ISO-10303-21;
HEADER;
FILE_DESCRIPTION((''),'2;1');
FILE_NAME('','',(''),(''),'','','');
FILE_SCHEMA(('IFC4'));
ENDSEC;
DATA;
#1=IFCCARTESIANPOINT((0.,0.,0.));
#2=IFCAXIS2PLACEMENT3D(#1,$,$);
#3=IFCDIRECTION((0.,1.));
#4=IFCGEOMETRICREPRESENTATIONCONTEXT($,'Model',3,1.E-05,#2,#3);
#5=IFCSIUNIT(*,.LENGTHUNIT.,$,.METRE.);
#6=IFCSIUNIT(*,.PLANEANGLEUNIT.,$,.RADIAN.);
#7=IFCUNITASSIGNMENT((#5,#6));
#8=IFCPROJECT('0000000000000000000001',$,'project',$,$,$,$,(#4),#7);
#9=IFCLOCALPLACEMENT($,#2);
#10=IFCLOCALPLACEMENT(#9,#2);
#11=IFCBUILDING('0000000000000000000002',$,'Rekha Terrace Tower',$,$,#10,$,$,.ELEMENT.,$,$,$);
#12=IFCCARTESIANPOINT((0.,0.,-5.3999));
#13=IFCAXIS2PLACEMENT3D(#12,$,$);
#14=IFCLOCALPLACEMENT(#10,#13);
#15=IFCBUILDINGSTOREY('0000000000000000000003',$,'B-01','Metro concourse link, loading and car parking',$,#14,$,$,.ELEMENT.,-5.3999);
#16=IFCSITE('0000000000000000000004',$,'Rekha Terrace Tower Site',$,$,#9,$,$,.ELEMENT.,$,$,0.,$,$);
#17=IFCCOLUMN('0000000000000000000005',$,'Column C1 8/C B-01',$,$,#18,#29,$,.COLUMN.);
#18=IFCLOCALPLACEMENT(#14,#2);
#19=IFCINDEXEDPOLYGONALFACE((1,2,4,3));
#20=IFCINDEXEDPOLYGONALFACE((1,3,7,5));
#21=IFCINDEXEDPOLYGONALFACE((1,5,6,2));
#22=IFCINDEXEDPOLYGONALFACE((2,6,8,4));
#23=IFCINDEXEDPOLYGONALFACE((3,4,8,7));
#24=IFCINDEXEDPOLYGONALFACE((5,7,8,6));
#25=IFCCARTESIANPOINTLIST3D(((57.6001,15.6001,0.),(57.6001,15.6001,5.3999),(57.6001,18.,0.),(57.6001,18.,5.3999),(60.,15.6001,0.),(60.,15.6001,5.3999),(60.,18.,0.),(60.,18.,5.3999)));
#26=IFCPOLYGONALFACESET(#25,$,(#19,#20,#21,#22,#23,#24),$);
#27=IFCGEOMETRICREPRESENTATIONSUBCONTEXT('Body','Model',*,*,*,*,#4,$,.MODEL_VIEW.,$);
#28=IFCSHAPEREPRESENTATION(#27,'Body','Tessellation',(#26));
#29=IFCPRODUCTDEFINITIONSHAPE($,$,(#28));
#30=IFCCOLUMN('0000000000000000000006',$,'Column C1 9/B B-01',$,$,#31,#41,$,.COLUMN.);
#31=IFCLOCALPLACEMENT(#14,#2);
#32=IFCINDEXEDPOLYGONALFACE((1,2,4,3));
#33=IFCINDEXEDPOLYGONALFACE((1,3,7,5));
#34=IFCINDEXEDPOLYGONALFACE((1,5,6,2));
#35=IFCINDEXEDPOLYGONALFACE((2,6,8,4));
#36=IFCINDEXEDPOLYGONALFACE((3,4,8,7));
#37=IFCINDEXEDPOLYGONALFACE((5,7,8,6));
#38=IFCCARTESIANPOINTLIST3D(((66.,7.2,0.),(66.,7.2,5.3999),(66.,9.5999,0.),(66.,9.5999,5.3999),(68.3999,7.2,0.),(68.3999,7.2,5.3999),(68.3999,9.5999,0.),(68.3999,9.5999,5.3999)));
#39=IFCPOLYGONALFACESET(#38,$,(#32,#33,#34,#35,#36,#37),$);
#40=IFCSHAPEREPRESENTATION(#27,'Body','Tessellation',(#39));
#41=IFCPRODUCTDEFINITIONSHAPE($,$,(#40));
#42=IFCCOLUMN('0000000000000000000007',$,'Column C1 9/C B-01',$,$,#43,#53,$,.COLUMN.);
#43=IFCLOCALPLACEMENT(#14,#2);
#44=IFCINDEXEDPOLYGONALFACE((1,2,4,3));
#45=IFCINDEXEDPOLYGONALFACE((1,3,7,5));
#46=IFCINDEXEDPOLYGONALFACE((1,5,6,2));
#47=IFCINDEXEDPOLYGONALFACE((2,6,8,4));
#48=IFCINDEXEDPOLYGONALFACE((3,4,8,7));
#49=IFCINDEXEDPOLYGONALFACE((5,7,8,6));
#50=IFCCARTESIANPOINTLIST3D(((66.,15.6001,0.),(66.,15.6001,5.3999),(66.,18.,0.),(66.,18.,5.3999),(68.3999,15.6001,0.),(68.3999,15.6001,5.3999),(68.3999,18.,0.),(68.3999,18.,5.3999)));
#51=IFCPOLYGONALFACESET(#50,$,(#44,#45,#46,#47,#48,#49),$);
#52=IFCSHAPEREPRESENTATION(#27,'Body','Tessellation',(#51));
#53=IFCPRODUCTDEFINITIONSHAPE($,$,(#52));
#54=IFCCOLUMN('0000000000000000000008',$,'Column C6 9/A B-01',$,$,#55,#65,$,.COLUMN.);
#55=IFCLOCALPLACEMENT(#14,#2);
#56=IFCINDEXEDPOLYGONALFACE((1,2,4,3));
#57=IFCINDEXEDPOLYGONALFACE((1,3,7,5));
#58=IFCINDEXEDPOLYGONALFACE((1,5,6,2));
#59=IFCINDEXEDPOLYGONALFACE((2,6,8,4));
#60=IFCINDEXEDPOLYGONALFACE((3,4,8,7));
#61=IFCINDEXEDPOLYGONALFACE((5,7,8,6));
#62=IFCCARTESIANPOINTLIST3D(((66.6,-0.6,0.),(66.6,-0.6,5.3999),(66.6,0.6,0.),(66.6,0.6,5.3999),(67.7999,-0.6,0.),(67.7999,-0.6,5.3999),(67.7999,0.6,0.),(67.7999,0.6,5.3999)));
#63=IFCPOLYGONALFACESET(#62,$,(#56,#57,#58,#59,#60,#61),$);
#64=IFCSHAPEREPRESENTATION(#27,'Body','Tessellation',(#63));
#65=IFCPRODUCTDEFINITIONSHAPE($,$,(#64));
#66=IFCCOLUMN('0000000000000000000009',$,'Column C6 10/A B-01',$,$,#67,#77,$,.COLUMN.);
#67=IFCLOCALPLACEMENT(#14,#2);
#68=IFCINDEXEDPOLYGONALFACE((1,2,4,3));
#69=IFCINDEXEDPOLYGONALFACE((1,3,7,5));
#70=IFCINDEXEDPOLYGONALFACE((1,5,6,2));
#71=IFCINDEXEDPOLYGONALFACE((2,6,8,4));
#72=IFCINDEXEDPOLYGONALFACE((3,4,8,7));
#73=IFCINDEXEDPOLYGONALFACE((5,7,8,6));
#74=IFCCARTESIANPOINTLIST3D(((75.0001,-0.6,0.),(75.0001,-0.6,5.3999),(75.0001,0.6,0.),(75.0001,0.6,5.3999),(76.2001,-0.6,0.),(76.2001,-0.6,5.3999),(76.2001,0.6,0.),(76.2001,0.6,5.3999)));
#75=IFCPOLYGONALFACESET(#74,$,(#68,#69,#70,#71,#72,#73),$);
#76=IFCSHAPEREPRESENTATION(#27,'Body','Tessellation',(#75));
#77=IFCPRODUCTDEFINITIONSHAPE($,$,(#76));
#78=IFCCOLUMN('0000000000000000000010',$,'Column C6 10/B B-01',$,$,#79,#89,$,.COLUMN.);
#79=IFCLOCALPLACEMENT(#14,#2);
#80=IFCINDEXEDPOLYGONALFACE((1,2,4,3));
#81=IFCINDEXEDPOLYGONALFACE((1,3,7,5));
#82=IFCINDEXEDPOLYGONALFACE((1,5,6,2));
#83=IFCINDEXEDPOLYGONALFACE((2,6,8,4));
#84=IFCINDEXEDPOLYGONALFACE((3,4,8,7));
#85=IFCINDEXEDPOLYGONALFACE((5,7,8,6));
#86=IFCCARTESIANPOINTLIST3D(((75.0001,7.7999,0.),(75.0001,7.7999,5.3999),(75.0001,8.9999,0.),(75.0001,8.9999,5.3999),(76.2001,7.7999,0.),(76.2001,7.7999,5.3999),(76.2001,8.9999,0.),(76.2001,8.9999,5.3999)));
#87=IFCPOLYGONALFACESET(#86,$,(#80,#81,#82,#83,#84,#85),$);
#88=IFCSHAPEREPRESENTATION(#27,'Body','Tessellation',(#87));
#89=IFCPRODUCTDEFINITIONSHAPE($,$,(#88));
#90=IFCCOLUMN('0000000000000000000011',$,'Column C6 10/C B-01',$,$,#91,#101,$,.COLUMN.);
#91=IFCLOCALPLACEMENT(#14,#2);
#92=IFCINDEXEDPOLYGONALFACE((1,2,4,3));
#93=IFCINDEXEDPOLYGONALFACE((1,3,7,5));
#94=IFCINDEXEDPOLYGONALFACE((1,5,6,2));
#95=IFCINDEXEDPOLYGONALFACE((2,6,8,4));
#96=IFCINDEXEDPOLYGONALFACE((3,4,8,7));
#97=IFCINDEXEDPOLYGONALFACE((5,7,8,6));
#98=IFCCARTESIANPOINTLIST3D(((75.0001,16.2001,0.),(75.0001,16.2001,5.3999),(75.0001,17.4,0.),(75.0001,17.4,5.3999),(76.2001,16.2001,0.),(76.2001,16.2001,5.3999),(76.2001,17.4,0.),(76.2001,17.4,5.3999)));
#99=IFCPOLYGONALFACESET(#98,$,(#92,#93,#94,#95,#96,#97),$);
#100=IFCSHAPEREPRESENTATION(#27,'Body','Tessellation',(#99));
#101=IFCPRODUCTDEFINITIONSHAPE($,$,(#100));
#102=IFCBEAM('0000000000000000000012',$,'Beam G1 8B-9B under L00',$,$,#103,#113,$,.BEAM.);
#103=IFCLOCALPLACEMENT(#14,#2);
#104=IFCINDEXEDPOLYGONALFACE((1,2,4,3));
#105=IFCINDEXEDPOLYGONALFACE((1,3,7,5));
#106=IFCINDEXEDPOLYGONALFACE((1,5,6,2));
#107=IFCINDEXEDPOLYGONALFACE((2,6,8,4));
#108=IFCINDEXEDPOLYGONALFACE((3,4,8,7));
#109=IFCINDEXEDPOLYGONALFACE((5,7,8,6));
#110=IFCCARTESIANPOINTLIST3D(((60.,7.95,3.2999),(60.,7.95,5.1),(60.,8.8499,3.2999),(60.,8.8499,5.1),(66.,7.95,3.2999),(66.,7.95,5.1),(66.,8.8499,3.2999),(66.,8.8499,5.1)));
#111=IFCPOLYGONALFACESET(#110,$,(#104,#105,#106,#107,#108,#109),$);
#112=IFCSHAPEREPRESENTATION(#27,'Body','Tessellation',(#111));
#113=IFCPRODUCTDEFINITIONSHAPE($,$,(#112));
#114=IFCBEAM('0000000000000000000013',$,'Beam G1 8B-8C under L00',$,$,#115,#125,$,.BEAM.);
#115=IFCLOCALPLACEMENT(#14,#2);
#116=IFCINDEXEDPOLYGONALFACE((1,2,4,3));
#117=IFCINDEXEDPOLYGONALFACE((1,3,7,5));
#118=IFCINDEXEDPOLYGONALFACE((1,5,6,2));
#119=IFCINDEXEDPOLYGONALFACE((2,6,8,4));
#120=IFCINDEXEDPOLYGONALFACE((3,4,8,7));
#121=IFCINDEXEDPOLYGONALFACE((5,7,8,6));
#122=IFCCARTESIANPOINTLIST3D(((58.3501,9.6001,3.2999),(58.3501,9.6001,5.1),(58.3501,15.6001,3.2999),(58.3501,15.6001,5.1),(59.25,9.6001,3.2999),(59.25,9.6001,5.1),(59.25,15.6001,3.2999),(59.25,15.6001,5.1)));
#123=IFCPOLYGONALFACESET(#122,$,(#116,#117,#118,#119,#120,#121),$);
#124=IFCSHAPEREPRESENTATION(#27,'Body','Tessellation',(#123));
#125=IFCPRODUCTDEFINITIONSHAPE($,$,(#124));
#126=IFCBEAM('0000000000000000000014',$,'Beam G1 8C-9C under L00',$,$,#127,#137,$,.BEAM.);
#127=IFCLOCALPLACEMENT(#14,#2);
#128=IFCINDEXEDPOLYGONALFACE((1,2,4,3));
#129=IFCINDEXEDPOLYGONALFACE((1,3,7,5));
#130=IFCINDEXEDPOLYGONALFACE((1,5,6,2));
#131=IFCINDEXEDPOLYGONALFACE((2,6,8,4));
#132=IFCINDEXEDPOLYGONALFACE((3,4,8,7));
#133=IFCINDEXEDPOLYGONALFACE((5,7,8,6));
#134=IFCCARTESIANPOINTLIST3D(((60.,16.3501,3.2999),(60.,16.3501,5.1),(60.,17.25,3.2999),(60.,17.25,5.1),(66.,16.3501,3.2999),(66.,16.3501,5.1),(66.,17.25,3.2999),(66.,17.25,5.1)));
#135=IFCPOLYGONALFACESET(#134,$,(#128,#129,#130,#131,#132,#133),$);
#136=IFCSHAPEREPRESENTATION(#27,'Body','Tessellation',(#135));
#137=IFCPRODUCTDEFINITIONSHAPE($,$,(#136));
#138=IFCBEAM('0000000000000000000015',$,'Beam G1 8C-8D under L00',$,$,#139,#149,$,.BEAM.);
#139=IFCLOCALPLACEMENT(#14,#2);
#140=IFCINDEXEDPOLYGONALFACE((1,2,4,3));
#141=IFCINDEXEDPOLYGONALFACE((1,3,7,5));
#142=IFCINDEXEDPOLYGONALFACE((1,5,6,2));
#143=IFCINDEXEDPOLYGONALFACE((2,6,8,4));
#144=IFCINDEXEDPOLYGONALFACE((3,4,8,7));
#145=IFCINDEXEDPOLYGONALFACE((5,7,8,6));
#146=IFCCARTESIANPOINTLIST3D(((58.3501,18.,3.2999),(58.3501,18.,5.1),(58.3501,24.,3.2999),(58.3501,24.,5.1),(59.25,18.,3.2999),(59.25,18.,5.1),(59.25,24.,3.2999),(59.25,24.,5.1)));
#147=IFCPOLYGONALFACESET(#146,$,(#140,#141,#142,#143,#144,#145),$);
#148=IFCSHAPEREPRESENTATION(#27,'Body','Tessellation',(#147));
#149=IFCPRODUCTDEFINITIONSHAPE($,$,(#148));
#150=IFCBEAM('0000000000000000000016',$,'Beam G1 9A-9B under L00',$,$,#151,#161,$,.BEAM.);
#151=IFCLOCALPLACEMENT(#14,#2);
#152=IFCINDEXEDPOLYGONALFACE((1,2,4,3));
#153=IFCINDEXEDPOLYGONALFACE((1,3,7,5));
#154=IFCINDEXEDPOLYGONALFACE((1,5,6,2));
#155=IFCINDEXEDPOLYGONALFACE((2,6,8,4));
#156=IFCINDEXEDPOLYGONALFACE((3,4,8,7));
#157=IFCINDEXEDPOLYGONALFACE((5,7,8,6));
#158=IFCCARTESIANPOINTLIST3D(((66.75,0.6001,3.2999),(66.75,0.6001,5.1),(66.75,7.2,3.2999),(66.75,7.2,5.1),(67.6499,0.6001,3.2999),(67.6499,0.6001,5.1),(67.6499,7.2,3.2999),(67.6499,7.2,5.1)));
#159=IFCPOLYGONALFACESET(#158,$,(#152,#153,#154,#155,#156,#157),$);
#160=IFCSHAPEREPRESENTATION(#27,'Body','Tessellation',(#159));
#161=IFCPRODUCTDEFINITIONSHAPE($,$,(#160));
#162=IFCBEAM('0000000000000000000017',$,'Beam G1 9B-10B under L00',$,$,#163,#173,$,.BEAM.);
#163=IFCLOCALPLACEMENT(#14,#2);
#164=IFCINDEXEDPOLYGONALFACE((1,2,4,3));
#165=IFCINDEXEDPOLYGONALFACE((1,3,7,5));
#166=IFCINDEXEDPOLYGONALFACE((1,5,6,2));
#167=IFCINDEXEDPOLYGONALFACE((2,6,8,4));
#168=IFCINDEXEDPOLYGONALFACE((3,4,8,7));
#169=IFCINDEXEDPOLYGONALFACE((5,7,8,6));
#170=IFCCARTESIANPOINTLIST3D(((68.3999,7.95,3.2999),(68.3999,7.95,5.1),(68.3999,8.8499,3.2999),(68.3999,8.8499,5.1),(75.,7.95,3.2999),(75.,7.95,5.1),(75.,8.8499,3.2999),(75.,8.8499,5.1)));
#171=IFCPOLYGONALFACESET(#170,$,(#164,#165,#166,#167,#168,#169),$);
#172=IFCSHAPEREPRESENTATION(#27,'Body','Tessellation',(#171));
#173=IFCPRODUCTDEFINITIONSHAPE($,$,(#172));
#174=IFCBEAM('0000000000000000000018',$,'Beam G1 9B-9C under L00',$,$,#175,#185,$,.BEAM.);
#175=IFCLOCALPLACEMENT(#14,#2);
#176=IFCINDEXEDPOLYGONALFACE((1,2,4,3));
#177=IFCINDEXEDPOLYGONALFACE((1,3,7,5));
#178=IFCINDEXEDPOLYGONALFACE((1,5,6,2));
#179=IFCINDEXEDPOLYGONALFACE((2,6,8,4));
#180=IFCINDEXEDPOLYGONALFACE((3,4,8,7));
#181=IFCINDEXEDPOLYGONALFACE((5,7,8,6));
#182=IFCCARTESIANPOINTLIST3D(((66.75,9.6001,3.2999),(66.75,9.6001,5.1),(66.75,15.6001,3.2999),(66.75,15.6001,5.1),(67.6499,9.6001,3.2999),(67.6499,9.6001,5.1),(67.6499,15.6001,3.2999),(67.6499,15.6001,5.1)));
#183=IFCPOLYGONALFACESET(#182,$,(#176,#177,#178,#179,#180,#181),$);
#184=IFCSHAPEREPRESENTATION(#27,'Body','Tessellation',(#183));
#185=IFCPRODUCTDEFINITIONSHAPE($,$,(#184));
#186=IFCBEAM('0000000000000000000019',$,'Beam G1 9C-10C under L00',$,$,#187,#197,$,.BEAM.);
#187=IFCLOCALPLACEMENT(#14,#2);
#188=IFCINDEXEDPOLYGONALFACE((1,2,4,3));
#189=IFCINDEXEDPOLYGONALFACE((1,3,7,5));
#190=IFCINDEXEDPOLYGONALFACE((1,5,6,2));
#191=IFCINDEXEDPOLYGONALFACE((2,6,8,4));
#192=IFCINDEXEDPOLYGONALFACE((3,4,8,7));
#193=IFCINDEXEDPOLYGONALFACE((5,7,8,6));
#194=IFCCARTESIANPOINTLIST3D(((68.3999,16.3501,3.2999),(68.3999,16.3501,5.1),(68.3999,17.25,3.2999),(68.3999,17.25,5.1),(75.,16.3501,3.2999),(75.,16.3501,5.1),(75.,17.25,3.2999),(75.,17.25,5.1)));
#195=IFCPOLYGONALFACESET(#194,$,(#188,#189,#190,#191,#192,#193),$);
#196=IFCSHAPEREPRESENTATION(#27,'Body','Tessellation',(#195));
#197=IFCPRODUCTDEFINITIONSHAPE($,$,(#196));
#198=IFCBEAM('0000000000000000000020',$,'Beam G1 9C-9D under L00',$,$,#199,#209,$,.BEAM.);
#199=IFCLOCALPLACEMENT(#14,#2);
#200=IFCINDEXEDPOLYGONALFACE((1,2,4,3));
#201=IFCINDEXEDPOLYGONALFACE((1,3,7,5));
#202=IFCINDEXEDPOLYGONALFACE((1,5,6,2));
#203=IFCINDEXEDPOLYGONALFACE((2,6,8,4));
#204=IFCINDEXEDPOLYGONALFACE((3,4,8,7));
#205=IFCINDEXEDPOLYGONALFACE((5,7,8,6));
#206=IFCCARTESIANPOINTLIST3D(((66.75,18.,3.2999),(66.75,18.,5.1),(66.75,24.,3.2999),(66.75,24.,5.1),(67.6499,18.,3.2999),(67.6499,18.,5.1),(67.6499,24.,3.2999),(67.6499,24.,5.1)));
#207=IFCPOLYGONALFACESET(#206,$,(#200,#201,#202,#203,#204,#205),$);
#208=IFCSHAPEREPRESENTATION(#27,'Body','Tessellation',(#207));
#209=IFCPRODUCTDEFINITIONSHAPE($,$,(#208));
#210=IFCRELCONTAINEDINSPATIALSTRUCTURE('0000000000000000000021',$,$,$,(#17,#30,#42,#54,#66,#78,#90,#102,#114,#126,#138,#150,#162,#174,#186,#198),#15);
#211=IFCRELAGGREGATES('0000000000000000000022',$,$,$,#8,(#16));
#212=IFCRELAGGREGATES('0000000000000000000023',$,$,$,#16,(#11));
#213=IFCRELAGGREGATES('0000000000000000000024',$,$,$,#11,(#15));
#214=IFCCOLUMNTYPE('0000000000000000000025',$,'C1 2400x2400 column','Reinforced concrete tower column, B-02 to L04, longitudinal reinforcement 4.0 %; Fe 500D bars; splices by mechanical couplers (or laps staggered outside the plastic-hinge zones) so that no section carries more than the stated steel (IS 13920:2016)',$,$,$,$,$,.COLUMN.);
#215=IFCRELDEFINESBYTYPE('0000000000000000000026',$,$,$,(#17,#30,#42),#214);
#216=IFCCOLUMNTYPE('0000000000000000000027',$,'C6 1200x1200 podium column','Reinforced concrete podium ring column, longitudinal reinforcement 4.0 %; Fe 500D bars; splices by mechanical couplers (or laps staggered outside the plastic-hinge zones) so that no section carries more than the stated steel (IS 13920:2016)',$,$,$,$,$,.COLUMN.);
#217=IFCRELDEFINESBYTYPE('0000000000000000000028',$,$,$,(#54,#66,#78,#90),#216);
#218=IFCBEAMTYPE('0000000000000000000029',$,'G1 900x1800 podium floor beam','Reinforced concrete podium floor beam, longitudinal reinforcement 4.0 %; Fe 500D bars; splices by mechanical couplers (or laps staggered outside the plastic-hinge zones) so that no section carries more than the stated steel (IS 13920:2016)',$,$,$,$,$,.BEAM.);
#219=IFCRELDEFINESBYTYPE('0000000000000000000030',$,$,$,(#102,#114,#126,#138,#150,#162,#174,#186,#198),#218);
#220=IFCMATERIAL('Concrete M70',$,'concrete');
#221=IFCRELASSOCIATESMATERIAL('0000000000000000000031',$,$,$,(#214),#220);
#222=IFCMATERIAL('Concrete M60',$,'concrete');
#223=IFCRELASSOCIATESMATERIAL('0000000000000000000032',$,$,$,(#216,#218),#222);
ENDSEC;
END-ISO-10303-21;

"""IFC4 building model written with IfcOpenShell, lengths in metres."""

from ifc_helpers import new_model, si_unit, direction, frame, origin, origin_2d, place, context, subcontext, project, spatial, rectangle, extrude, material, material_profile, profile_set, type_object, element, save


model = new_model("IFC4")

# Units and contexts
model_context = context("Model", 3, precision=1e-05, world=origin(), true_north=direction((0.0, 1.0)))
body_context = subcontext(model_context, "Body", "Model", "MODEL_VIEW")
ifc_project = project(units=[si_unit("LENGTHUNIT", "METRE"), si_unit("PLANEANGLEUNIT", "RADIAN")], contexts=[model_context])

# Site, building, storey
site_placement = place(None, origin())
site = spatial("IfcSite", under=ifc_project, at=site_placement, Name="Rekha Terrace Tower Site", CompositionType="ELEMENT", RefElevation=0.0)
building_placement = place(site_placement, origin())
building = spatial("IfcBuilding", under=site, at=building_placement, Name="Rekha Terrace Tower", CompositionType="ELEMENT")
storey_placement = place(building_placement, frame((0.0, 0.0, -5.3999)))
storey = spatial("IfcBuildingStorey", under=building, at=storey_placement, Name="B-01", Description="Metro concourse link, loading and car parking", CompositionType="ELEMENT", Elevation=-5.3999)

# Columns
ifc_material_1 = material(Name="Concrete M70", Category="concrete")
ifc_material_profile_1 = material_profile(ifc_material_1, rectangle(XDim=2.3999, YDim=2.3999, at=origin_2d()), Name="RC 2400x2400")
ifc_profile_set_1 = profile_set([ifc_material_profile_1], Name="Concrete M70")
column_type_1 = type_object("IfcColumnType", Name="C1 2400x2400 column", Description="Reinforced concrete tower column, B-02 to L04, longitudinal reinforcement 4.0 %; Fe 500D bars; splices by mechanical couplers (or laps staggered outside the plastic-hinge zones) so that no section carries more than the stated steel (IS 13920:2016)", PredefinedType="COLUMN", material=ifc_profile_set_1)
for number, where, z_axis, x_axis, name in (
    (1, (58.8, 16.8, 0.0), (0.0, 0.0, 1.0), (1.0, 0.0, 0.0), "Column C1 8/C B-01"),
    (2, (67.2, 8.3999, 0.0), (0.0, 0.0, 1.0), (1.0, 0.0, 0.0), "Column C1 9/B B-01"),
    (3, (67.2, 16.8, 0.0), (0.0, 0.0, 1.0), (1.0, 0.0, 0.0), "Column C1 9/C B-01"),
):
    element("IfcColumn", number, at=place(storey_placement, frame(where, z_axis=z_axis, x_axis=x_axis)), inside=storey, type_object=column_type_1, Name=name, PredefinedType="COLUMN", context=body_context, shape_type="SweptSolid", body=[
        extrude(rectangle(XDim=2.3999, YDim=2.3999, at=origin_2d()), origin(), (0.0, 0.0, 1.0), 5.3999),
    ])
ifc_material_2 = material(Name="Concrete M60", Category="concrete")
ifc_material_profile_2 = material_profile(ifc_material_2, rectangle(XDim=1.2, YDim=1.2, at=origin_2d()), Name="RC 1200x1200")
ifc_profile_set_2 = profile_set([ifc_material_profile_2], Name="Concrete M60")
column_type_2 = type_object("IfcColumnType", Name="C6 1200x1200 podium column", Description="Reinforced concrete podium ring column, longitudinal reinforcement 4.0 %; Fe 500D bars; splices by mechanical couplers (or laps staggered outside the plastic-hinge zones) so that no section carries more than the stated steel (IS 13920:2016)", PredefinedType="COLUMN", material=ifc_profile_set_2)
for number, where, z_axis, x_axis, name in (
    (4, (67.2, 0.0, 0.0), (0.0, 0.0, 1.0), (1.0, 0.0, 0.0), "Column C6 9/A B-01"),
    (5, (75.6001, 0.0, 0.0), (0.0, 0.0, 1.0), (1.0, 0.0, 0.0), "Column C6 10/A B-01"),
    (6, (75.6001, 8.3999, 0.0), (0.0, 0.0, 1.0), (1.0, 0.0, 0.0), "Column C6 10/B B-01"),
    (7, (75.6001, 16.8, 0.0), (0.0, 0.0, 1.0), (1.0, 0.0, 0.0), "Column C6 10/C B-01"),
):
    element("IfcColumn", number, at=place(storey_placement, frame(where, z_axis=z_axis, x_axis=x_axis)), inside=storey, type_object=column_type_2, Name=name, PredefinedType="COLUMN", context=body_context, shape_type="SweptSolid", body=[
        extrude(rectangle(XDim=1.2, YDim=1.2, at=origin_2d()), origin(), (0.0, 0.0, 1.0), 5.3999),
    ])

# Beams
ifc_material_profile_3 = material_profile(ifc_material_2, rectangle(XDim=0.8999, YDim=1.8, at=origin_2d()), Name="RC 900x1800")
ifc_profile_set_3 = profile_set([ifc_material_profile_3], Name="Concrete M60")
beam_type = type_object("IfcBeamType", Name="G1 900x1800 podium floor beam", Description="Reinforced concrete podium floor beam, longitudinal reinforcement 4.0 %; Fe 500D bars; splices by mechanical couplers (or laps staggered outside the plastic-hinge zones) so that no section carries more than the stated steel (IS 13920:2016)", PredefinedType="BEAM", material=ifc_profile_set_3)
for number, where, z_axis, x_axis, name in (
    (8, (60.0, 8.3999, 4.2), (1.0, 0.0, 0.0), (0.0, 1.0, 0.0), "Beam G1 8B-9B under L00"),
    (9, (58.8, 9.6001, 4.2), (0.0, 1.0, 0.0), (-1.0, 0.0, 0.0), "Beam G1 8B-8C under L00"),
    (10, (60.0, 16.8, 4.2), (1.0, 0.0, 0.0), (0.0, 1.0, 0.0), "Beam G1 8C-9C under L00"),
    (11, (58.8, 18.0, 4.2), (0.0, 1.0, 0.0), (-1.0, 0.0, 0.0), "Beam G1 8C-8D under L00"),
):
    element("IfcBeam", number, at=place(storey_placement, frame(where, z_axis=z_axis, x_axis=x_axis)), inside=storey, type_object=beam_type, Name=name, PredefinedType="BEAM", context=body_context, shape_type="SweptSolid", body=[
        extrude(rectangle(XDim=0.8999, YDim=1.8, at=origin_2d()), origin(), (0.0, 0.0, 1.0), 6.0),
    ])
beam_1_placement = place(storey_placement, frame((67.2, 0.6001, 4.2), z_axis=(0.0, 1.0, 0.0), x_axis=(-1.0, 0.0, 0.0)))
element("IfcBeam", 12, at=beam_1_placement, inside=storey, type_object=beam_type, Name="Beam G1 9A-9B under L00", PredefinedType="BEAM", context=body_context, shape_type="SweptSolid", body=[
    extrude(rectangle(XDim=0.8999, YDim=1.8, at=origin_2d()), origin(), (0.0, 0.0, 1.0), 6.5999),
])
beam_2_placement = place(storey_placement, frame((68.3999, 8.3999, 4.2), z_axis=(1.0, 0.0, 0.0), x_axis=(0.0, 1.0, 0.0)))
element("IfcBeam", 13, at=beam_2_placement, inside=storey, type_object=beam_type, Name="Beam G1 9B-10B under L00", PredefinedType="BEAM", context=body_context, shape_type="SweptSolid", body=[
    extrude(rectangle(XDim=0.8999, YDim=1.8, at=origin_2d()), origin(), (0.0, 0.0, 1.0), 6.6001),
])
beam_3_placement = place(storey_placement, frame((67.2, 9.6001, 4.2), z_axis=(0.0, 1.0, 0.0), x_axis=(-1.0, 0.0, 0.0)))
element("IfcBeam", 14, at=beam_3_placement, inside=storey, type_object=beam_type, Name="Beam G1 9B-9C under L00", PredefinedType="BEAM", context=body_context, shape_type="SweptSolid", body=[
    extrude(rectangle(XDim=0.8999, YDim=1.8, at=origin_2d()), origin(), (0.0, 0.0, 1.0), 6.0),
])
beam_4_placement = place(storey_placement, frame((68.3999, 16.8, 4.2), z_axis=(1.0, 0.0, 0.0), x_axis=(0.0, 1.0, 0.0)))
element("IfcBeam", 15, at=beam_4_placement, inside=storey, type_object=beam_type, Name="Beam G1 9C-10C under L00", PredefinedType="BEAM", context=body_context, shape_type="SweptSolid", body=[
    extrude(rectangle(XDim=0.8999, YDim=1.8, at=origin_2d()), origin(), (0.0, 0.0, 1.0), 6.6001),
])
beam_5_placement = place(storey_placement, frame((67.2, 18.0, 4.2), z_axis=(0.0, 1.0, 0.0), x_axis=(-1.0, 0.0, 0.0)))
element("IfcBeam", 16, at=beam_5_placement, inside=storey, type_object=beam_type, Name="Beam G1 9C-9D under L00", PredefinedType="BEAM", context=body_context, shape_type="SweptSolid", body=[
    extrude(rectangle(XDim=0.8999, YDim=1.8, at=origin_2d()), origin(), (0.0, 0.0, 1.0), 6.0),
])

save(model, "model.ifc")
